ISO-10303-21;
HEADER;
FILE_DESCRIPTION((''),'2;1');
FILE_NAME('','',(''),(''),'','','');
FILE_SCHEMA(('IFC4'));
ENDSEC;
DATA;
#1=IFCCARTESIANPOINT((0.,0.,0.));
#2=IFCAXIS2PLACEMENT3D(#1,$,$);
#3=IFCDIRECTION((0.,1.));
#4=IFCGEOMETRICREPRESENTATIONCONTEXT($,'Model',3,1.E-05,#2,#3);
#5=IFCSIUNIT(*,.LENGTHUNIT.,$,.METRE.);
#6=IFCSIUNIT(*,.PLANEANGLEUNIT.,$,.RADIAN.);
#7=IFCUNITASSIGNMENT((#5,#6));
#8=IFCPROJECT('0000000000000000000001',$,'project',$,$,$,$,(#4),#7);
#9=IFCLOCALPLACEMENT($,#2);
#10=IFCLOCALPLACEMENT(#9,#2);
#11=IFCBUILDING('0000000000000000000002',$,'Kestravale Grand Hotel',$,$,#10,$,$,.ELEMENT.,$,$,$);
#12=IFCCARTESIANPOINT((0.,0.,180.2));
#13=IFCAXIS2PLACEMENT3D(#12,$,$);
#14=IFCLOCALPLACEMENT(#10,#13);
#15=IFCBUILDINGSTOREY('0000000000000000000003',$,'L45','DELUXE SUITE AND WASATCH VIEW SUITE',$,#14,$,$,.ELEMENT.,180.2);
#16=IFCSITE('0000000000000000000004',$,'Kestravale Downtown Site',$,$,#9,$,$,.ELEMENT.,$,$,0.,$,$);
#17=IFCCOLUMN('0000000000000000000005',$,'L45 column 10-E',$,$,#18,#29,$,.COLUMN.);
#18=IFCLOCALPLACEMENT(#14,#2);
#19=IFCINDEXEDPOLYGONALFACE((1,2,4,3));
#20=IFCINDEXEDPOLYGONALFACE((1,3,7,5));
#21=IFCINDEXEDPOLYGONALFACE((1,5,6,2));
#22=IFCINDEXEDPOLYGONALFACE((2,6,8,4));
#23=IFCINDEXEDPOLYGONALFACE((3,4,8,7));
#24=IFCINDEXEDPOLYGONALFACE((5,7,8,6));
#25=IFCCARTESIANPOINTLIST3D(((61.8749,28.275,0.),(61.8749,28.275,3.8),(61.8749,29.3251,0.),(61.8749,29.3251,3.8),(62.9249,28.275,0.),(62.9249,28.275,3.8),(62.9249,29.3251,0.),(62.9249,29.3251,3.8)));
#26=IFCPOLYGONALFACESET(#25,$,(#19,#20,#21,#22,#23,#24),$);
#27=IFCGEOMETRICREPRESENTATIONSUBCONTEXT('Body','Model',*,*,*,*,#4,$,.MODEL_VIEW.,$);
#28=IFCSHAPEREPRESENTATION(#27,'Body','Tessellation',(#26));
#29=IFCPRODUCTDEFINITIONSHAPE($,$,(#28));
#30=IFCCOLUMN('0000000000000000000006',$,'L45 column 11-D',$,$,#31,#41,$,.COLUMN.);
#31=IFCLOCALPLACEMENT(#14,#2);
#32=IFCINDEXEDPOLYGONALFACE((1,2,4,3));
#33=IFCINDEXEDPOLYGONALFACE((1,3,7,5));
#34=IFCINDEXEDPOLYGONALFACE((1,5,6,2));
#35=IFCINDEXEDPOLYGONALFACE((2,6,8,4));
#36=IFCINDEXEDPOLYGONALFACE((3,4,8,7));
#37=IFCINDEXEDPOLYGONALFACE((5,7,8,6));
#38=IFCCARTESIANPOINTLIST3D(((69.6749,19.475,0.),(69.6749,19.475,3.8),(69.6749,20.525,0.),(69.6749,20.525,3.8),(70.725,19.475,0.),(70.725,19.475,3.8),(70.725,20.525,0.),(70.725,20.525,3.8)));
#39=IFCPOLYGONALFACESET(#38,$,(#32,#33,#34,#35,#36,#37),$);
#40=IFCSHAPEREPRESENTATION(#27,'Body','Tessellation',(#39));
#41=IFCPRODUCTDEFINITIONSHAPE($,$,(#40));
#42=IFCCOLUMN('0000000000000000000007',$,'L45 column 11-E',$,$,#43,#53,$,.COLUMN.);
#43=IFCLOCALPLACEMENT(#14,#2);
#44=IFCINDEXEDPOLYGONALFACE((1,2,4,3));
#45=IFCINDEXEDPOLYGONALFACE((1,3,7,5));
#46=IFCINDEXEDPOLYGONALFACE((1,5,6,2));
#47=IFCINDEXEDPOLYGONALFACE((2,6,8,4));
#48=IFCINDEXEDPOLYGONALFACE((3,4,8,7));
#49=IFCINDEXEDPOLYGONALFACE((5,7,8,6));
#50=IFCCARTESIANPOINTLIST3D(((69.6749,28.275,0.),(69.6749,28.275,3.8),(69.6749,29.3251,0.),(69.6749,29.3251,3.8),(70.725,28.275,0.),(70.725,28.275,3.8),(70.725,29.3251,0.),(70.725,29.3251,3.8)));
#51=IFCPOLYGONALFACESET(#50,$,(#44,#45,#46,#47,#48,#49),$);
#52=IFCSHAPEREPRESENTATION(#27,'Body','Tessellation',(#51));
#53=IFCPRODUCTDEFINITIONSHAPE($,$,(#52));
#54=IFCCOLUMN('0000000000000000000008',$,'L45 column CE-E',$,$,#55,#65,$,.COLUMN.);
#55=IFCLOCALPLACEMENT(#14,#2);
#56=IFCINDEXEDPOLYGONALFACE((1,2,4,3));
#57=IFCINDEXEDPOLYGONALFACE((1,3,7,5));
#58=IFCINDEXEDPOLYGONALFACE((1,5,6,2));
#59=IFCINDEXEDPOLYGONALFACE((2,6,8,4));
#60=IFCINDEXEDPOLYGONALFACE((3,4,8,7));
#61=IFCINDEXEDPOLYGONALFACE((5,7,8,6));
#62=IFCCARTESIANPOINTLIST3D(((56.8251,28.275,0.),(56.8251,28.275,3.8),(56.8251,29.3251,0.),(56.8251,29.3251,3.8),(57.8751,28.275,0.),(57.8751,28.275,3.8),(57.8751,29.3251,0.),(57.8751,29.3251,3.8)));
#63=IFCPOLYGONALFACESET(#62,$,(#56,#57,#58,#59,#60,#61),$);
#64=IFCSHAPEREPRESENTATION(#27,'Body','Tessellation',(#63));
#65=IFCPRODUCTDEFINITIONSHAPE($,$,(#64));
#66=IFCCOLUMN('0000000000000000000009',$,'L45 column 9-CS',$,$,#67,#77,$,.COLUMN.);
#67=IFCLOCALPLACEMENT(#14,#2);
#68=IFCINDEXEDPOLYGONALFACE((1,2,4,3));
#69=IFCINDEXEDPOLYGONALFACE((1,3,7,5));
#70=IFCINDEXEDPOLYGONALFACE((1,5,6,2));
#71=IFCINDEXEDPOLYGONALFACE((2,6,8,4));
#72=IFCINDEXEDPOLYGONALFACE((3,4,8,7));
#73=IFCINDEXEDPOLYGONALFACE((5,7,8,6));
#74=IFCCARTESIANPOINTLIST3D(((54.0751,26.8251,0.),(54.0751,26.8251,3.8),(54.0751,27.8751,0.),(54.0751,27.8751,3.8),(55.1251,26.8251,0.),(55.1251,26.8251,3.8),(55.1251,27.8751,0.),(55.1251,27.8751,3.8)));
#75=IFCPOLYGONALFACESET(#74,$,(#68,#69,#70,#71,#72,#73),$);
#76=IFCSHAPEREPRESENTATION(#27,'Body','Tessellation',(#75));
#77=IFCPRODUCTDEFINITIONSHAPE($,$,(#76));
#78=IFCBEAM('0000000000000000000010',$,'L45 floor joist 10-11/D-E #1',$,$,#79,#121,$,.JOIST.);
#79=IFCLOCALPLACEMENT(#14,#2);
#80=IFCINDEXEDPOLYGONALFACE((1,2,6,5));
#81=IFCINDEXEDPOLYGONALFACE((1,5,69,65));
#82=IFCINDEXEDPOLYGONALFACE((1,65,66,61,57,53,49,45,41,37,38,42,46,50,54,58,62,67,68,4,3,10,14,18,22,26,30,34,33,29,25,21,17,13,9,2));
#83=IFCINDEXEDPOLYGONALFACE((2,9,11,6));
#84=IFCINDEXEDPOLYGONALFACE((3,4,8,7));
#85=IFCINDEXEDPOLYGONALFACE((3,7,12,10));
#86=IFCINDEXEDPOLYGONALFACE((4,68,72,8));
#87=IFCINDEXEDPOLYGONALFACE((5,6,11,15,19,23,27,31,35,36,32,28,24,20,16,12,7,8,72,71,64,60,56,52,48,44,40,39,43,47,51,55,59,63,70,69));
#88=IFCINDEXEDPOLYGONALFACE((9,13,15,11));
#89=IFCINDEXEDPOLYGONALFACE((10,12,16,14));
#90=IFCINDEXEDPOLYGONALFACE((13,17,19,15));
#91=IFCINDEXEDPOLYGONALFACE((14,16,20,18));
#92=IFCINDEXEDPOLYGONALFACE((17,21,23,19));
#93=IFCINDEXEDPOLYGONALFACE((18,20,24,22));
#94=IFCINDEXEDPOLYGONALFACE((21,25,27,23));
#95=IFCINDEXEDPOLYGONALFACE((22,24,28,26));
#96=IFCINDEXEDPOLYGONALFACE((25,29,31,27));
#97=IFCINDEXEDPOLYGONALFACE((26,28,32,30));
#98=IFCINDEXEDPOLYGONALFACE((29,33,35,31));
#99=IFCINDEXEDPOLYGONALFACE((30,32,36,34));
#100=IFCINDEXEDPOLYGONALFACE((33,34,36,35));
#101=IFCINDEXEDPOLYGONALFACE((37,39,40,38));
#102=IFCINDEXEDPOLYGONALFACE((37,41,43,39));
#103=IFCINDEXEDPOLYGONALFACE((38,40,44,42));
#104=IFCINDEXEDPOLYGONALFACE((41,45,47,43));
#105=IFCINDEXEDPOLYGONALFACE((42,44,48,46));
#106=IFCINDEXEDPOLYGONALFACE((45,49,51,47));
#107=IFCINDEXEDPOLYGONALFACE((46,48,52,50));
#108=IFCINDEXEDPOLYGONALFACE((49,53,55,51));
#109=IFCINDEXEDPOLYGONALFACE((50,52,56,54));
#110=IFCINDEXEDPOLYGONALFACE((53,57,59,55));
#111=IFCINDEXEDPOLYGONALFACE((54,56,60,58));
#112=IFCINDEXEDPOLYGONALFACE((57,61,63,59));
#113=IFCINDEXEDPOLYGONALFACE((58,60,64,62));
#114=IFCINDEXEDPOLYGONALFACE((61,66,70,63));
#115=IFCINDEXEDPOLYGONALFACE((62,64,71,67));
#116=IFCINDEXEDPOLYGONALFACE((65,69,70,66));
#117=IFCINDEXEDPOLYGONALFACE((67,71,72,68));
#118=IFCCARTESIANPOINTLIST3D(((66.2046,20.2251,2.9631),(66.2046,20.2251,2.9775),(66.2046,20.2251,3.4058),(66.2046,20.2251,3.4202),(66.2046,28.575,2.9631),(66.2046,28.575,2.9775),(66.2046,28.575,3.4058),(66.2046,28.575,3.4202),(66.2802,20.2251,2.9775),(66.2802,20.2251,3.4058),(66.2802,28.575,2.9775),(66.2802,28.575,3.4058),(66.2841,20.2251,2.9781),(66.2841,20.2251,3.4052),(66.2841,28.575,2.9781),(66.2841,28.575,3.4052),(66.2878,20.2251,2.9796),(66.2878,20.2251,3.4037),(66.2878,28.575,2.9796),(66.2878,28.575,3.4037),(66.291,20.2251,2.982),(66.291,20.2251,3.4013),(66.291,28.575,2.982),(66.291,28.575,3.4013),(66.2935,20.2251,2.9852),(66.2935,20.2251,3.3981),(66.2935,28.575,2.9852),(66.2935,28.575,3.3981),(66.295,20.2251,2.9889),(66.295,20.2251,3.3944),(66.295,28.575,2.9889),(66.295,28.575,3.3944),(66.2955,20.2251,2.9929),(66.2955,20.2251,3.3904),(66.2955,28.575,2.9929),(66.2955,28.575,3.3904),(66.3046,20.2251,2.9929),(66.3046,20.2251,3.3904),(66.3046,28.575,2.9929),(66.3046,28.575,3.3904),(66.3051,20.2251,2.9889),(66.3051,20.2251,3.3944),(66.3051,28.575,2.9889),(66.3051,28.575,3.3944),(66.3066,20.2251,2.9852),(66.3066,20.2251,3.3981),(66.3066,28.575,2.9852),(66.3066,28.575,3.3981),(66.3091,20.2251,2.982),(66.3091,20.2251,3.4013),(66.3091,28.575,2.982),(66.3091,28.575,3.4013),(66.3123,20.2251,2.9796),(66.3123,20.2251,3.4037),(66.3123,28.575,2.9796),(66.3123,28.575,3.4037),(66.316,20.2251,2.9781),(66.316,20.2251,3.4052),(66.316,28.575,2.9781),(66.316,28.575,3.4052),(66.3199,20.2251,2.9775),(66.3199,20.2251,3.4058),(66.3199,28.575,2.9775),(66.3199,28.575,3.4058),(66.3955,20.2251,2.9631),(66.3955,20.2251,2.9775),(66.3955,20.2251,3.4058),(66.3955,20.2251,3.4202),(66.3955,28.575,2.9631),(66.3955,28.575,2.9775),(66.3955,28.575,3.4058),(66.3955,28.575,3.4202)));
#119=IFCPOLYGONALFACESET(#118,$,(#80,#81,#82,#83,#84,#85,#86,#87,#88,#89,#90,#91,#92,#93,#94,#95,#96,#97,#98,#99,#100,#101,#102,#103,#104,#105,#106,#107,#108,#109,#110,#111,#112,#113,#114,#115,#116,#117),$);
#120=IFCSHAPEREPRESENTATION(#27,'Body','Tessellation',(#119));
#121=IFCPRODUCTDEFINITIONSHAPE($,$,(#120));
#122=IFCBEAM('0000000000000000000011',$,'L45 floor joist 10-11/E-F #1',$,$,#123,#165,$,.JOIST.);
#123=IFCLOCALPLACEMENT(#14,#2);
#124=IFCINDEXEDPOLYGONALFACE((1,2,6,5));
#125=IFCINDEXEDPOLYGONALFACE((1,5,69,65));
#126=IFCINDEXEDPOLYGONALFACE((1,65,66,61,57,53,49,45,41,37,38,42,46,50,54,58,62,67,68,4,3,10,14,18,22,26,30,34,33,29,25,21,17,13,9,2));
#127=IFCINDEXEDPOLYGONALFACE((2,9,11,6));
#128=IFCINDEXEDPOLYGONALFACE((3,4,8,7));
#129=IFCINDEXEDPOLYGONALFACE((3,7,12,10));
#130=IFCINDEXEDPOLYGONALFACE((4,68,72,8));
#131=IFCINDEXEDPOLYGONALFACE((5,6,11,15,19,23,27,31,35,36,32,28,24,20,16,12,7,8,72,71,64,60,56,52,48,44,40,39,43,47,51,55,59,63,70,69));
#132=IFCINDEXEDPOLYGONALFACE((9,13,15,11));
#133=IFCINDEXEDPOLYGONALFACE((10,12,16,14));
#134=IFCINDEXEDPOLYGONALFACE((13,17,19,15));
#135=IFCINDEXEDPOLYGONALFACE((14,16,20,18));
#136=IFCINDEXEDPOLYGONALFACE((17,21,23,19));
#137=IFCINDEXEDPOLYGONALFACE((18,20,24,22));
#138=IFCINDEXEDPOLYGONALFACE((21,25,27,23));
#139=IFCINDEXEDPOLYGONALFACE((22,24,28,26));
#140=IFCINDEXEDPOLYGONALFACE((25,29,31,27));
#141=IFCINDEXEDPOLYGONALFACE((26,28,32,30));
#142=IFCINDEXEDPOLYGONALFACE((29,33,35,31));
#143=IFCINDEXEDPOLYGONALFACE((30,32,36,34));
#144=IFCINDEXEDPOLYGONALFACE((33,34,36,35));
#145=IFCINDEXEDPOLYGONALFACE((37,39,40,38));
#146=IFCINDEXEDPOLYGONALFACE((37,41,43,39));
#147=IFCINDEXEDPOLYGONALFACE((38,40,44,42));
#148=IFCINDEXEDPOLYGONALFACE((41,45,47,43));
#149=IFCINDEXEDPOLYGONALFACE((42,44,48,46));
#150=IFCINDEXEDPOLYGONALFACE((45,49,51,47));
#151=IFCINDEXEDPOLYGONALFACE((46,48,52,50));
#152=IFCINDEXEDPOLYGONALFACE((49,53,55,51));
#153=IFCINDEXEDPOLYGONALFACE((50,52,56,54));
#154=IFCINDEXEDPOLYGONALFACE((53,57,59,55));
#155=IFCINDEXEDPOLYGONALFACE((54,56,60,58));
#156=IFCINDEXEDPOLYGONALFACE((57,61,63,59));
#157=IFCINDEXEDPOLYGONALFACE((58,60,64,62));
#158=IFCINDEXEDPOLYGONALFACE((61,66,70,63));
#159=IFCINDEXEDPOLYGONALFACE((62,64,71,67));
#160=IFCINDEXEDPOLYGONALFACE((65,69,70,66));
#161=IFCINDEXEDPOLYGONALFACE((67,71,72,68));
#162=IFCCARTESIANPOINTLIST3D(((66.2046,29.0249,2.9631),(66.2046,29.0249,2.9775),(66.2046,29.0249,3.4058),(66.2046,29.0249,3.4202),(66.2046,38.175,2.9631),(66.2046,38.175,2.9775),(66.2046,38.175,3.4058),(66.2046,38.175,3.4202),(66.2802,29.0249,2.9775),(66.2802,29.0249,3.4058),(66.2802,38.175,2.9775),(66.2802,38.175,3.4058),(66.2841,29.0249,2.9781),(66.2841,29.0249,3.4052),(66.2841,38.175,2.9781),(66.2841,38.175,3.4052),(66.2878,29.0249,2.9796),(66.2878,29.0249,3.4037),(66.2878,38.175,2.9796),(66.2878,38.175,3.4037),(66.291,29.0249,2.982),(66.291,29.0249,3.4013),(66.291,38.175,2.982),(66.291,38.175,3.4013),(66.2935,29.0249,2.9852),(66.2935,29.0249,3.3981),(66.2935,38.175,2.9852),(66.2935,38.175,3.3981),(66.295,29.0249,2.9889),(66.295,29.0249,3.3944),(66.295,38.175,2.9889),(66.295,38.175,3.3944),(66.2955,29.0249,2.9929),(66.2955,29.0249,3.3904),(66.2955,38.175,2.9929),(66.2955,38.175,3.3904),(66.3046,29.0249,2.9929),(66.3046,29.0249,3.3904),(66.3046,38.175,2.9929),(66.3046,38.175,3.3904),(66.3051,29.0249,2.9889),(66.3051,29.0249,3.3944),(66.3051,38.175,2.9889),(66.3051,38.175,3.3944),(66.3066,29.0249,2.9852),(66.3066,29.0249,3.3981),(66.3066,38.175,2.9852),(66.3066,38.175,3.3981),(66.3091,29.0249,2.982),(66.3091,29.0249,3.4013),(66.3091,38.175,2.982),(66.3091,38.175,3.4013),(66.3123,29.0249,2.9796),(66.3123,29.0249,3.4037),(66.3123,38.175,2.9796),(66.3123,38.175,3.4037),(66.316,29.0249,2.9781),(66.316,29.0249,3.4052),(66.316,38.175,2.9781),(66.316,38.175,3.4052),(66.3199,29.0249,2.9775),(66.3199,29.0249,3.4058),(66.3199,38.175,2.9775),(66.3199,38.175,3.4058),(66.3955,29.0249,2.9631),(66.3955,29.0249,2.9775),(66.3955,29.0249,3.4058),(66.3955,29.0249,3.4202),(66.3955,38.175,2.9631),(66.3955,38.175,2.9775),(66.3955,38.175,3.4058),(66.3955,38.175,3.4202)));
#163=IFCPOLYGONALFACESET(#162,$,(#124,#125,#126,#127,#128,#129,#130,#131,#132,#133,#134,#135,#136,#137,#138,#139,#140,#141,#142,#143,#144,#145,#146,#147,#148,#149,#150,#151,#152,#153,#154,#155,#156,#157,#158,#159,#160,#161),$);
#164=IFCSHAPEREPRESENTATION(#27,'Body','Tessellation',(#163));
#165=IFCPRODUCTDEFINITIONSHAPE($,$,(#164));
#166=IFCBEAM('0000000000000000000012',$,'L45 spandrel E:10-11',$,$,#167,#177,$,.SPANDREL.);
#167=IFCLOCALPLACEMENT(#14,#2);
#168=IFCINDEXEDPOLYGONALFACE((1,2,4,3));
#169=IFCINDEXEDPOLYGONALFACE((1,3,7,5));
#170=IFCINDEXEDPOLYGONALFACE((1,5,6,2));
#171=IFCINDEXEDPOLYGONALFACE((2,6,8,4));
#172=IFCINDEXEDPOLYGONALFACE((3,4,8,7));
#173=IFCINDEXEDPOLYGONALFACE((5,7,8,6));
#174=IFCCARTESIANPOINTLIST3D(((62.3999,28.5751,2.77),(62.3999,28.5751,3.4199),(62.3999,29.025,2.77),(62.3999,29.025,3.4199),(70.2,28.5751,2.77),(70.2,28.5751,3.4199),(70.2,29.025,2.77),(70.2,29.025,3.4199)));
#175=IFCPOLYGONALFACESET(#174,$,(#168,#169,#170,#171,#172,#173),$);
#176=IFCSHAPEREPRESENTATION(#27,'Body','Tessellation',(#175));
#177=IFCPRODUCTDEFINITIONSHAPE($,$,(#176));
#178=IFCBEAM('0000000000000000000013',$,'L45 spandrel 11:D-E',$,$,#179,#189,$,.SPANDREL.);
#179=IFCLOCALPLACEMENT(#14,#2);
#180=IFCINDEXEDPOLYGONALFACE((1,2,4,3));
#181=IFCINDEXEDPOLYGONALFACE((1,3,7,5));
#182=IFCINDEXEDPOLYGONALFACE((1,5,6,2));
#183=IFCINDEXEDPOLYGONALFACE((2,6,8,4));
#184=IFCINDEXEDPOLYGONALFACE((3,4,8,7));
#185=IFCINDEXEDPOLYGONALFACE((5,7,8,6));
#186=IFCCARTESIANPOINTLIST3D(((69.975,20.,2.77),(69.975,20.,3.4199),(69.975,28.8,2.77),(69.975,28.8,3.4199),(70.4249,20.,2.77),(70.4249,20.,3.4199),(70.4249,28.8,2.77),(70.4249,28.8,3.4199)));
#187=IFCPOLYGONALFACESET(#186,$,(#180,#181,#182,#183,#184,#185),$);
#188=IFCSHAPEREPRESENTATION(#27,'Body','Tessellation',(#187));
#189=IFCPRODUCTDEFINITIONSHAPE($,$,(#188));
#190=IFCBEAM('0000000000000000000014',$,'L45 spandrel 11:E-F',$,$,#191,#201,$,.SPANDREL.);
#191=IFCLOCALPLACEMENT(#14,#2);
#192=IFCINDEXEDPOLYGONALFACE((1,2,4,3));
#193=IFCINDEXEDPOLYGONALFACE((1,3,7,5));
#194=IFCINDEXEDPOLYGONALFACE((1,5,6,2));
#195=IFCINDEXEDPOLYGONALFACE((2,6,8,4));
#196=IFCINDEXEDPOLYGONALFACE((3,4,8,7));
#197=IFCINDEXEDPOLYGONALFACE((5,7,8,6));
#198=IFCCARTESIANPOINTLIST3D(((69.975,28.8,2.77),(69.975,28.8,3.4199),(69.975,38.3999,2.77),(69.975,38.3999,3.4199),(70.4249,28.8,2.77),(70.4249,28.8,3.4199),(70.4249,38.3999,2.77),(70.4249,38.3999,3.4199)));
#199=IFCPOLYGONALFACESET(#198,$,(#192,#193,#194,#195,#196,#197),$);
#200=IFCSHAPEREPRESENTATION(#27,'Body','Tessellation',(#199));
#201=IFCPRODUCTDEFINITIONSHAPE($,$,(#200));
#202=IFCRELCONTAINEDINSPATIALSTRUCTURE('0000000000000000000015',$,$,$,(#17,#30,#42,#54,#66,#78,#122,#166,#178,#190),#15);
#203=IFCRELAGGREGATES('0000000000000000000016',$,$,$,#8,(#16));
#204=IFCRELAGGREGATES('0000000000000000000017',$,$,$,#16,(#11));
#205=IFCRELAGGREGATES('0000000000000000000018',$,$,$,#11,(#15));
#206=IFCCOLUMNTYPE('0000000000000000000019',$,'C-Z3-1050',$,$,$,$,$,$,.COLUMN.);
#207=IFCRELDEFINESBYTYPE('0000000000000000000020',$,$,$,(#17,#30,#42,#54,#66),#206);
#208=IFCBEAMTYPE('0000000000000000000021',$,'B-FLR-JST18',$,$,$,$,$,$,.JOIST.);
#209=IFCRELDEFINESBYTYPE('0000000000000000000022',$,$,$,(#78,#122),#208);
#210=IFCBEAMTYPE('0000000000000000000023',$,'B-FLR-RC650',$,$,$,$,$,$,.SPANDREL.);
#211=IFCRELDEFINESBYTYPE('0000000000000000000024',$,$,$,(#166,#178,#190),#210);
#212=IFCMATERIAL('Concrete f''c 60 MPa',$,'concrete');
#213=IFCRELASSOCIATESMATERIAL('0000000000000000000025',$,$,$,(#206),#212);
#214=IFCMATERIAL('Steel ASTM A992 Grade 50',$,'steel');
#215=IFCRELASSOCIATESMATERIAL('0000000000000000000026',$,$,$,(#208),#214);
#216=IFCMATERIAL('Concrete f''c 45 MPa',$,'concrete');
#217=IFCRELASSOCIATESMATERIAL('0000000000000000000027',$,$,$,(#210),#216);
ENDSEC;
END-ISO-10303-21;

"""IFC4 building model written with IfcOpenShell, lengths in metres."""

from ifc_helpers import new_model, si_unit, direction, frame, origin, origin_2d, place, context, subcontext, project, spatial, rectangle, i_section, extrude, material, material_profile, profile_set, type_object, element, save


model = new_model("IFC4")

# Units and contexts
model_context = context("Model", 3, precision=1e-05, world=origin(), true_north=direction((0.0, 1.0)))
body_context = subcontext(model_context, "Body", "Model", "MODEL_VIEW")
ifc_project = project(units=[si_unit("LENGTHUNIT", "METRE"), si_unit("PLANEANGLEUNIT", "RADIAN")], contexts=[model_context])

# Site, building, storey
site_placement = place(None, origin())
site = spatial("IfcSite", under=ifc_project, at=site_placement, Name="Kestravale Downtown Site", CompositionType="ELEMENT", RefElevation=0.0)
building_placement = place(site_placement, origin())
building = spatial("IfcBuilding", under=site, at=building_placement, Name="Kestravale Grand Hotel", CompositionType="ELEMENT")
storey_placement = place(building_placement, frame((0.0, 0.0, 180.2)))
storey = spatial("IfcBuildingStorey", under=building, at=storey_placement, Name="L45", Description="DELUXE SUITE AND WASATCH VIEW SUITE", CompositionType="ELEMENT", Elevation=180.2)

# Columns
ifc_material_1 = material(Name="Concrete f'c 60 MPa", Category="concrete")
ifc_material_profile_1 = material_profile(ifc_material_1, rectangle(XDim=1.05, YDim=1.05, at=origin_2d()))
ifc_profile_set_1 = profile_set([ifc_material_profile_1], Name="Concrete f'c 60 MPa")
column_type = type_object("IfcColumnType", Name="C-Z3-1050", PredefinedType="COLUMN", material=ifc_profile_set_1)
for number, where, z_axis, x_axis, name in (
    (1, (62.3999, 28.8, 0.0), (0.0, 0.0, 1.0), (1.0, 0.0, 0.0), "L45 column 10-E"),
    (2, (70.2, 20.0, 0.0), (0.0, 0.0, 1.0), (1.0, 0.0, 0.0), "L45 column 11-D"),
    (3, (70.2, 28.8, 0.0), (0.0, 0.0, 1.0), (1.0, 0.0, 0.0), "L45 column 11-E"),
    (4, (57.3501, 28.8, 0.0), (0.0, 0.0, 1.0), (1.0, 0.0, 0.0), "L45 column CE-E"),
    (5, (54.6001, 27.3501, 0.0), (0.0, 0.0, 1.0), (1.0, 0.0, 0.0), "L45 column 9-CS"),
):
    element("IfcColumn", number, at=place(storey_placement, frame(where, z_axis=z_axis, x_axis=x_axis)), inside=storey, type_object=column_type, Name=name, PredefinedType="COLUMN", context=body_context, shape_type="SweptSolid", body=[
        extrude(rectangle(XDim=1.05, YDim=1.05, at=origin_2d()), origin(), (0.0, 0.0, 1.0), 3.8),
    ])

# Beams
ifc_material_2 = material(Name="Steel ASTM A992 Grade 50", Category="steel")
ifc_material_profile_2 = material_profile(ifc_material_2, i_section(OverallWidth=0.1909, OverallDepth=0.457, WebThickness=0.009, FlangeThickness=0.0144, FilletRadius=0.0154, at=origin_2d()))
ifc_profile_set_2 = profile_set([ifc_material_profile_2], Name="Steel ASTM A992 Grade 50")
beam_type_1 = type_object("IfcBeamType", Name="B-FLR-JST18", PredefinedType="JOIST", material=ifc_profile_set_2)
beam_1_placement = place(storey_placement, frame((66.3, 20.2251, 3.1917), z_axis=(0.0, 1.0, 0.0), x_axis=(-1.0, 0.0, 0.0)))
element("IfcBeam", 6, at=beam_1_placement, inside=storey, type_object=beam_type_1, Name="L45 floor joist 10-11/D-E #1", PredefinedType="JOIST", context=body_context, shape_type="SweptSolid", body=[
    extrude(i_section(OverallWidth=0.1909, OverallDepth=0.457, WebThickness=0.009, FlangeThickness=0.0144, FilletRadius=0.0154, at=origin_2d()), origin(), (0.0, 0.0, 1.0), 8.3499),
])
beam_2_placement = place(storey_placement, frame((66.3, 29.0249, 3.1917), z_axis=(0.0, 1.0, 0.0), x_axis=(-1.0, 0.0, 0.0)))
element("IfcBeam", 7, at=beam_2_placement, inside=storey, type_object=beam_type_1, Name="L45 floor joist 10-11/E-F #1", PredefinedType="JOIST", context=body_context, shape_type="SweptSolid", body=[
    extrude(i_section(OverallWidth=0.1909, OverallDepth=0.457, WebThickness=0.009, FlangeThickness=0.0144, FilletRadius=0.0154, at=origin_2d()), origin(), (0.0, 0.0, 1.0), 9.1501),
])
ifc_material_3 = material(Name="Concrete f'c 45 MPa", Category="concrete")
ifc_material_profile_3 = material_profile(ifc_material_3, rectangle(XDim=0.45, YDim=0.6499, at=origin_2d()))
ifc_profile_set_3 = profile_set([ifc_material_profile_3], Name="Concrete f'c 45 MPa")
beam_type_2 = type_object("IfcBeamType", Name="B-FLR-RC650", PredefinedType="SPANDREL", material=ifc_profile_set_3)
beam_3_placement = place(storey_placement, frame((62.3999, 28.8, 3.095), z_axis=(1.0, 0.0, 0.0), x_axis=(0.0, 1.0, 0.0)))
element("IfcBeam", 8, at=beam_3_placement, inside=storey, type_object=beam_type_2, Name="L45 spandrel E:10-11", PredefinedType="SPANDREL", context=body_context, shape_type="SweptSolid", body=[
    extrude(rectangle(XDim=0.45, YDim=0.6499, at=origin_2d()), origin(), (0.0, 0.0, 1.0), 7.8),
])
beam_4_placement = place(storey_placement, frame((70.2, 20.0, 3.095), z_axis=(0.0, 1.0, 0.0), x_axis=(-1.0, 0.0, 0.0)))
element("IfcBeam", 9, at=beam_4_placement, inside=storey, type_object=beam_type_2, Name="L45 spandrel 11:D-E", PredefinedType="SPANDREL", context=body_context, shape_type="SweptSolid", body=[
    extrude(rectangle(XDim=0.45, YDim=0.6499, at=origin_2d()), origin(), (0.0, 0.0, 1.0), 8.8),
])
beam_5_placement = place(storey_placement, frame((70.2, 28.8, 3.095), z_axis=(0.0, 1.0, 0.0), x_axis=(-1.0, 0.0, 0.0)))
element("IfcBeam", 10, at=beam_5_placement, inside=storey, type_object=beam_type_2, Name="L45 spandrel 11:E-F", PredefinedType="SPANDREL", context=body_context, shape_type="SweptSolid", body=[
    extrude(rectangle(XDim=0.45, YDim=0.6499, at=origin_2d()), origin(), (0.0, 0.0, 1.0), 9.5999),
])

save(model, "model.ifc")
